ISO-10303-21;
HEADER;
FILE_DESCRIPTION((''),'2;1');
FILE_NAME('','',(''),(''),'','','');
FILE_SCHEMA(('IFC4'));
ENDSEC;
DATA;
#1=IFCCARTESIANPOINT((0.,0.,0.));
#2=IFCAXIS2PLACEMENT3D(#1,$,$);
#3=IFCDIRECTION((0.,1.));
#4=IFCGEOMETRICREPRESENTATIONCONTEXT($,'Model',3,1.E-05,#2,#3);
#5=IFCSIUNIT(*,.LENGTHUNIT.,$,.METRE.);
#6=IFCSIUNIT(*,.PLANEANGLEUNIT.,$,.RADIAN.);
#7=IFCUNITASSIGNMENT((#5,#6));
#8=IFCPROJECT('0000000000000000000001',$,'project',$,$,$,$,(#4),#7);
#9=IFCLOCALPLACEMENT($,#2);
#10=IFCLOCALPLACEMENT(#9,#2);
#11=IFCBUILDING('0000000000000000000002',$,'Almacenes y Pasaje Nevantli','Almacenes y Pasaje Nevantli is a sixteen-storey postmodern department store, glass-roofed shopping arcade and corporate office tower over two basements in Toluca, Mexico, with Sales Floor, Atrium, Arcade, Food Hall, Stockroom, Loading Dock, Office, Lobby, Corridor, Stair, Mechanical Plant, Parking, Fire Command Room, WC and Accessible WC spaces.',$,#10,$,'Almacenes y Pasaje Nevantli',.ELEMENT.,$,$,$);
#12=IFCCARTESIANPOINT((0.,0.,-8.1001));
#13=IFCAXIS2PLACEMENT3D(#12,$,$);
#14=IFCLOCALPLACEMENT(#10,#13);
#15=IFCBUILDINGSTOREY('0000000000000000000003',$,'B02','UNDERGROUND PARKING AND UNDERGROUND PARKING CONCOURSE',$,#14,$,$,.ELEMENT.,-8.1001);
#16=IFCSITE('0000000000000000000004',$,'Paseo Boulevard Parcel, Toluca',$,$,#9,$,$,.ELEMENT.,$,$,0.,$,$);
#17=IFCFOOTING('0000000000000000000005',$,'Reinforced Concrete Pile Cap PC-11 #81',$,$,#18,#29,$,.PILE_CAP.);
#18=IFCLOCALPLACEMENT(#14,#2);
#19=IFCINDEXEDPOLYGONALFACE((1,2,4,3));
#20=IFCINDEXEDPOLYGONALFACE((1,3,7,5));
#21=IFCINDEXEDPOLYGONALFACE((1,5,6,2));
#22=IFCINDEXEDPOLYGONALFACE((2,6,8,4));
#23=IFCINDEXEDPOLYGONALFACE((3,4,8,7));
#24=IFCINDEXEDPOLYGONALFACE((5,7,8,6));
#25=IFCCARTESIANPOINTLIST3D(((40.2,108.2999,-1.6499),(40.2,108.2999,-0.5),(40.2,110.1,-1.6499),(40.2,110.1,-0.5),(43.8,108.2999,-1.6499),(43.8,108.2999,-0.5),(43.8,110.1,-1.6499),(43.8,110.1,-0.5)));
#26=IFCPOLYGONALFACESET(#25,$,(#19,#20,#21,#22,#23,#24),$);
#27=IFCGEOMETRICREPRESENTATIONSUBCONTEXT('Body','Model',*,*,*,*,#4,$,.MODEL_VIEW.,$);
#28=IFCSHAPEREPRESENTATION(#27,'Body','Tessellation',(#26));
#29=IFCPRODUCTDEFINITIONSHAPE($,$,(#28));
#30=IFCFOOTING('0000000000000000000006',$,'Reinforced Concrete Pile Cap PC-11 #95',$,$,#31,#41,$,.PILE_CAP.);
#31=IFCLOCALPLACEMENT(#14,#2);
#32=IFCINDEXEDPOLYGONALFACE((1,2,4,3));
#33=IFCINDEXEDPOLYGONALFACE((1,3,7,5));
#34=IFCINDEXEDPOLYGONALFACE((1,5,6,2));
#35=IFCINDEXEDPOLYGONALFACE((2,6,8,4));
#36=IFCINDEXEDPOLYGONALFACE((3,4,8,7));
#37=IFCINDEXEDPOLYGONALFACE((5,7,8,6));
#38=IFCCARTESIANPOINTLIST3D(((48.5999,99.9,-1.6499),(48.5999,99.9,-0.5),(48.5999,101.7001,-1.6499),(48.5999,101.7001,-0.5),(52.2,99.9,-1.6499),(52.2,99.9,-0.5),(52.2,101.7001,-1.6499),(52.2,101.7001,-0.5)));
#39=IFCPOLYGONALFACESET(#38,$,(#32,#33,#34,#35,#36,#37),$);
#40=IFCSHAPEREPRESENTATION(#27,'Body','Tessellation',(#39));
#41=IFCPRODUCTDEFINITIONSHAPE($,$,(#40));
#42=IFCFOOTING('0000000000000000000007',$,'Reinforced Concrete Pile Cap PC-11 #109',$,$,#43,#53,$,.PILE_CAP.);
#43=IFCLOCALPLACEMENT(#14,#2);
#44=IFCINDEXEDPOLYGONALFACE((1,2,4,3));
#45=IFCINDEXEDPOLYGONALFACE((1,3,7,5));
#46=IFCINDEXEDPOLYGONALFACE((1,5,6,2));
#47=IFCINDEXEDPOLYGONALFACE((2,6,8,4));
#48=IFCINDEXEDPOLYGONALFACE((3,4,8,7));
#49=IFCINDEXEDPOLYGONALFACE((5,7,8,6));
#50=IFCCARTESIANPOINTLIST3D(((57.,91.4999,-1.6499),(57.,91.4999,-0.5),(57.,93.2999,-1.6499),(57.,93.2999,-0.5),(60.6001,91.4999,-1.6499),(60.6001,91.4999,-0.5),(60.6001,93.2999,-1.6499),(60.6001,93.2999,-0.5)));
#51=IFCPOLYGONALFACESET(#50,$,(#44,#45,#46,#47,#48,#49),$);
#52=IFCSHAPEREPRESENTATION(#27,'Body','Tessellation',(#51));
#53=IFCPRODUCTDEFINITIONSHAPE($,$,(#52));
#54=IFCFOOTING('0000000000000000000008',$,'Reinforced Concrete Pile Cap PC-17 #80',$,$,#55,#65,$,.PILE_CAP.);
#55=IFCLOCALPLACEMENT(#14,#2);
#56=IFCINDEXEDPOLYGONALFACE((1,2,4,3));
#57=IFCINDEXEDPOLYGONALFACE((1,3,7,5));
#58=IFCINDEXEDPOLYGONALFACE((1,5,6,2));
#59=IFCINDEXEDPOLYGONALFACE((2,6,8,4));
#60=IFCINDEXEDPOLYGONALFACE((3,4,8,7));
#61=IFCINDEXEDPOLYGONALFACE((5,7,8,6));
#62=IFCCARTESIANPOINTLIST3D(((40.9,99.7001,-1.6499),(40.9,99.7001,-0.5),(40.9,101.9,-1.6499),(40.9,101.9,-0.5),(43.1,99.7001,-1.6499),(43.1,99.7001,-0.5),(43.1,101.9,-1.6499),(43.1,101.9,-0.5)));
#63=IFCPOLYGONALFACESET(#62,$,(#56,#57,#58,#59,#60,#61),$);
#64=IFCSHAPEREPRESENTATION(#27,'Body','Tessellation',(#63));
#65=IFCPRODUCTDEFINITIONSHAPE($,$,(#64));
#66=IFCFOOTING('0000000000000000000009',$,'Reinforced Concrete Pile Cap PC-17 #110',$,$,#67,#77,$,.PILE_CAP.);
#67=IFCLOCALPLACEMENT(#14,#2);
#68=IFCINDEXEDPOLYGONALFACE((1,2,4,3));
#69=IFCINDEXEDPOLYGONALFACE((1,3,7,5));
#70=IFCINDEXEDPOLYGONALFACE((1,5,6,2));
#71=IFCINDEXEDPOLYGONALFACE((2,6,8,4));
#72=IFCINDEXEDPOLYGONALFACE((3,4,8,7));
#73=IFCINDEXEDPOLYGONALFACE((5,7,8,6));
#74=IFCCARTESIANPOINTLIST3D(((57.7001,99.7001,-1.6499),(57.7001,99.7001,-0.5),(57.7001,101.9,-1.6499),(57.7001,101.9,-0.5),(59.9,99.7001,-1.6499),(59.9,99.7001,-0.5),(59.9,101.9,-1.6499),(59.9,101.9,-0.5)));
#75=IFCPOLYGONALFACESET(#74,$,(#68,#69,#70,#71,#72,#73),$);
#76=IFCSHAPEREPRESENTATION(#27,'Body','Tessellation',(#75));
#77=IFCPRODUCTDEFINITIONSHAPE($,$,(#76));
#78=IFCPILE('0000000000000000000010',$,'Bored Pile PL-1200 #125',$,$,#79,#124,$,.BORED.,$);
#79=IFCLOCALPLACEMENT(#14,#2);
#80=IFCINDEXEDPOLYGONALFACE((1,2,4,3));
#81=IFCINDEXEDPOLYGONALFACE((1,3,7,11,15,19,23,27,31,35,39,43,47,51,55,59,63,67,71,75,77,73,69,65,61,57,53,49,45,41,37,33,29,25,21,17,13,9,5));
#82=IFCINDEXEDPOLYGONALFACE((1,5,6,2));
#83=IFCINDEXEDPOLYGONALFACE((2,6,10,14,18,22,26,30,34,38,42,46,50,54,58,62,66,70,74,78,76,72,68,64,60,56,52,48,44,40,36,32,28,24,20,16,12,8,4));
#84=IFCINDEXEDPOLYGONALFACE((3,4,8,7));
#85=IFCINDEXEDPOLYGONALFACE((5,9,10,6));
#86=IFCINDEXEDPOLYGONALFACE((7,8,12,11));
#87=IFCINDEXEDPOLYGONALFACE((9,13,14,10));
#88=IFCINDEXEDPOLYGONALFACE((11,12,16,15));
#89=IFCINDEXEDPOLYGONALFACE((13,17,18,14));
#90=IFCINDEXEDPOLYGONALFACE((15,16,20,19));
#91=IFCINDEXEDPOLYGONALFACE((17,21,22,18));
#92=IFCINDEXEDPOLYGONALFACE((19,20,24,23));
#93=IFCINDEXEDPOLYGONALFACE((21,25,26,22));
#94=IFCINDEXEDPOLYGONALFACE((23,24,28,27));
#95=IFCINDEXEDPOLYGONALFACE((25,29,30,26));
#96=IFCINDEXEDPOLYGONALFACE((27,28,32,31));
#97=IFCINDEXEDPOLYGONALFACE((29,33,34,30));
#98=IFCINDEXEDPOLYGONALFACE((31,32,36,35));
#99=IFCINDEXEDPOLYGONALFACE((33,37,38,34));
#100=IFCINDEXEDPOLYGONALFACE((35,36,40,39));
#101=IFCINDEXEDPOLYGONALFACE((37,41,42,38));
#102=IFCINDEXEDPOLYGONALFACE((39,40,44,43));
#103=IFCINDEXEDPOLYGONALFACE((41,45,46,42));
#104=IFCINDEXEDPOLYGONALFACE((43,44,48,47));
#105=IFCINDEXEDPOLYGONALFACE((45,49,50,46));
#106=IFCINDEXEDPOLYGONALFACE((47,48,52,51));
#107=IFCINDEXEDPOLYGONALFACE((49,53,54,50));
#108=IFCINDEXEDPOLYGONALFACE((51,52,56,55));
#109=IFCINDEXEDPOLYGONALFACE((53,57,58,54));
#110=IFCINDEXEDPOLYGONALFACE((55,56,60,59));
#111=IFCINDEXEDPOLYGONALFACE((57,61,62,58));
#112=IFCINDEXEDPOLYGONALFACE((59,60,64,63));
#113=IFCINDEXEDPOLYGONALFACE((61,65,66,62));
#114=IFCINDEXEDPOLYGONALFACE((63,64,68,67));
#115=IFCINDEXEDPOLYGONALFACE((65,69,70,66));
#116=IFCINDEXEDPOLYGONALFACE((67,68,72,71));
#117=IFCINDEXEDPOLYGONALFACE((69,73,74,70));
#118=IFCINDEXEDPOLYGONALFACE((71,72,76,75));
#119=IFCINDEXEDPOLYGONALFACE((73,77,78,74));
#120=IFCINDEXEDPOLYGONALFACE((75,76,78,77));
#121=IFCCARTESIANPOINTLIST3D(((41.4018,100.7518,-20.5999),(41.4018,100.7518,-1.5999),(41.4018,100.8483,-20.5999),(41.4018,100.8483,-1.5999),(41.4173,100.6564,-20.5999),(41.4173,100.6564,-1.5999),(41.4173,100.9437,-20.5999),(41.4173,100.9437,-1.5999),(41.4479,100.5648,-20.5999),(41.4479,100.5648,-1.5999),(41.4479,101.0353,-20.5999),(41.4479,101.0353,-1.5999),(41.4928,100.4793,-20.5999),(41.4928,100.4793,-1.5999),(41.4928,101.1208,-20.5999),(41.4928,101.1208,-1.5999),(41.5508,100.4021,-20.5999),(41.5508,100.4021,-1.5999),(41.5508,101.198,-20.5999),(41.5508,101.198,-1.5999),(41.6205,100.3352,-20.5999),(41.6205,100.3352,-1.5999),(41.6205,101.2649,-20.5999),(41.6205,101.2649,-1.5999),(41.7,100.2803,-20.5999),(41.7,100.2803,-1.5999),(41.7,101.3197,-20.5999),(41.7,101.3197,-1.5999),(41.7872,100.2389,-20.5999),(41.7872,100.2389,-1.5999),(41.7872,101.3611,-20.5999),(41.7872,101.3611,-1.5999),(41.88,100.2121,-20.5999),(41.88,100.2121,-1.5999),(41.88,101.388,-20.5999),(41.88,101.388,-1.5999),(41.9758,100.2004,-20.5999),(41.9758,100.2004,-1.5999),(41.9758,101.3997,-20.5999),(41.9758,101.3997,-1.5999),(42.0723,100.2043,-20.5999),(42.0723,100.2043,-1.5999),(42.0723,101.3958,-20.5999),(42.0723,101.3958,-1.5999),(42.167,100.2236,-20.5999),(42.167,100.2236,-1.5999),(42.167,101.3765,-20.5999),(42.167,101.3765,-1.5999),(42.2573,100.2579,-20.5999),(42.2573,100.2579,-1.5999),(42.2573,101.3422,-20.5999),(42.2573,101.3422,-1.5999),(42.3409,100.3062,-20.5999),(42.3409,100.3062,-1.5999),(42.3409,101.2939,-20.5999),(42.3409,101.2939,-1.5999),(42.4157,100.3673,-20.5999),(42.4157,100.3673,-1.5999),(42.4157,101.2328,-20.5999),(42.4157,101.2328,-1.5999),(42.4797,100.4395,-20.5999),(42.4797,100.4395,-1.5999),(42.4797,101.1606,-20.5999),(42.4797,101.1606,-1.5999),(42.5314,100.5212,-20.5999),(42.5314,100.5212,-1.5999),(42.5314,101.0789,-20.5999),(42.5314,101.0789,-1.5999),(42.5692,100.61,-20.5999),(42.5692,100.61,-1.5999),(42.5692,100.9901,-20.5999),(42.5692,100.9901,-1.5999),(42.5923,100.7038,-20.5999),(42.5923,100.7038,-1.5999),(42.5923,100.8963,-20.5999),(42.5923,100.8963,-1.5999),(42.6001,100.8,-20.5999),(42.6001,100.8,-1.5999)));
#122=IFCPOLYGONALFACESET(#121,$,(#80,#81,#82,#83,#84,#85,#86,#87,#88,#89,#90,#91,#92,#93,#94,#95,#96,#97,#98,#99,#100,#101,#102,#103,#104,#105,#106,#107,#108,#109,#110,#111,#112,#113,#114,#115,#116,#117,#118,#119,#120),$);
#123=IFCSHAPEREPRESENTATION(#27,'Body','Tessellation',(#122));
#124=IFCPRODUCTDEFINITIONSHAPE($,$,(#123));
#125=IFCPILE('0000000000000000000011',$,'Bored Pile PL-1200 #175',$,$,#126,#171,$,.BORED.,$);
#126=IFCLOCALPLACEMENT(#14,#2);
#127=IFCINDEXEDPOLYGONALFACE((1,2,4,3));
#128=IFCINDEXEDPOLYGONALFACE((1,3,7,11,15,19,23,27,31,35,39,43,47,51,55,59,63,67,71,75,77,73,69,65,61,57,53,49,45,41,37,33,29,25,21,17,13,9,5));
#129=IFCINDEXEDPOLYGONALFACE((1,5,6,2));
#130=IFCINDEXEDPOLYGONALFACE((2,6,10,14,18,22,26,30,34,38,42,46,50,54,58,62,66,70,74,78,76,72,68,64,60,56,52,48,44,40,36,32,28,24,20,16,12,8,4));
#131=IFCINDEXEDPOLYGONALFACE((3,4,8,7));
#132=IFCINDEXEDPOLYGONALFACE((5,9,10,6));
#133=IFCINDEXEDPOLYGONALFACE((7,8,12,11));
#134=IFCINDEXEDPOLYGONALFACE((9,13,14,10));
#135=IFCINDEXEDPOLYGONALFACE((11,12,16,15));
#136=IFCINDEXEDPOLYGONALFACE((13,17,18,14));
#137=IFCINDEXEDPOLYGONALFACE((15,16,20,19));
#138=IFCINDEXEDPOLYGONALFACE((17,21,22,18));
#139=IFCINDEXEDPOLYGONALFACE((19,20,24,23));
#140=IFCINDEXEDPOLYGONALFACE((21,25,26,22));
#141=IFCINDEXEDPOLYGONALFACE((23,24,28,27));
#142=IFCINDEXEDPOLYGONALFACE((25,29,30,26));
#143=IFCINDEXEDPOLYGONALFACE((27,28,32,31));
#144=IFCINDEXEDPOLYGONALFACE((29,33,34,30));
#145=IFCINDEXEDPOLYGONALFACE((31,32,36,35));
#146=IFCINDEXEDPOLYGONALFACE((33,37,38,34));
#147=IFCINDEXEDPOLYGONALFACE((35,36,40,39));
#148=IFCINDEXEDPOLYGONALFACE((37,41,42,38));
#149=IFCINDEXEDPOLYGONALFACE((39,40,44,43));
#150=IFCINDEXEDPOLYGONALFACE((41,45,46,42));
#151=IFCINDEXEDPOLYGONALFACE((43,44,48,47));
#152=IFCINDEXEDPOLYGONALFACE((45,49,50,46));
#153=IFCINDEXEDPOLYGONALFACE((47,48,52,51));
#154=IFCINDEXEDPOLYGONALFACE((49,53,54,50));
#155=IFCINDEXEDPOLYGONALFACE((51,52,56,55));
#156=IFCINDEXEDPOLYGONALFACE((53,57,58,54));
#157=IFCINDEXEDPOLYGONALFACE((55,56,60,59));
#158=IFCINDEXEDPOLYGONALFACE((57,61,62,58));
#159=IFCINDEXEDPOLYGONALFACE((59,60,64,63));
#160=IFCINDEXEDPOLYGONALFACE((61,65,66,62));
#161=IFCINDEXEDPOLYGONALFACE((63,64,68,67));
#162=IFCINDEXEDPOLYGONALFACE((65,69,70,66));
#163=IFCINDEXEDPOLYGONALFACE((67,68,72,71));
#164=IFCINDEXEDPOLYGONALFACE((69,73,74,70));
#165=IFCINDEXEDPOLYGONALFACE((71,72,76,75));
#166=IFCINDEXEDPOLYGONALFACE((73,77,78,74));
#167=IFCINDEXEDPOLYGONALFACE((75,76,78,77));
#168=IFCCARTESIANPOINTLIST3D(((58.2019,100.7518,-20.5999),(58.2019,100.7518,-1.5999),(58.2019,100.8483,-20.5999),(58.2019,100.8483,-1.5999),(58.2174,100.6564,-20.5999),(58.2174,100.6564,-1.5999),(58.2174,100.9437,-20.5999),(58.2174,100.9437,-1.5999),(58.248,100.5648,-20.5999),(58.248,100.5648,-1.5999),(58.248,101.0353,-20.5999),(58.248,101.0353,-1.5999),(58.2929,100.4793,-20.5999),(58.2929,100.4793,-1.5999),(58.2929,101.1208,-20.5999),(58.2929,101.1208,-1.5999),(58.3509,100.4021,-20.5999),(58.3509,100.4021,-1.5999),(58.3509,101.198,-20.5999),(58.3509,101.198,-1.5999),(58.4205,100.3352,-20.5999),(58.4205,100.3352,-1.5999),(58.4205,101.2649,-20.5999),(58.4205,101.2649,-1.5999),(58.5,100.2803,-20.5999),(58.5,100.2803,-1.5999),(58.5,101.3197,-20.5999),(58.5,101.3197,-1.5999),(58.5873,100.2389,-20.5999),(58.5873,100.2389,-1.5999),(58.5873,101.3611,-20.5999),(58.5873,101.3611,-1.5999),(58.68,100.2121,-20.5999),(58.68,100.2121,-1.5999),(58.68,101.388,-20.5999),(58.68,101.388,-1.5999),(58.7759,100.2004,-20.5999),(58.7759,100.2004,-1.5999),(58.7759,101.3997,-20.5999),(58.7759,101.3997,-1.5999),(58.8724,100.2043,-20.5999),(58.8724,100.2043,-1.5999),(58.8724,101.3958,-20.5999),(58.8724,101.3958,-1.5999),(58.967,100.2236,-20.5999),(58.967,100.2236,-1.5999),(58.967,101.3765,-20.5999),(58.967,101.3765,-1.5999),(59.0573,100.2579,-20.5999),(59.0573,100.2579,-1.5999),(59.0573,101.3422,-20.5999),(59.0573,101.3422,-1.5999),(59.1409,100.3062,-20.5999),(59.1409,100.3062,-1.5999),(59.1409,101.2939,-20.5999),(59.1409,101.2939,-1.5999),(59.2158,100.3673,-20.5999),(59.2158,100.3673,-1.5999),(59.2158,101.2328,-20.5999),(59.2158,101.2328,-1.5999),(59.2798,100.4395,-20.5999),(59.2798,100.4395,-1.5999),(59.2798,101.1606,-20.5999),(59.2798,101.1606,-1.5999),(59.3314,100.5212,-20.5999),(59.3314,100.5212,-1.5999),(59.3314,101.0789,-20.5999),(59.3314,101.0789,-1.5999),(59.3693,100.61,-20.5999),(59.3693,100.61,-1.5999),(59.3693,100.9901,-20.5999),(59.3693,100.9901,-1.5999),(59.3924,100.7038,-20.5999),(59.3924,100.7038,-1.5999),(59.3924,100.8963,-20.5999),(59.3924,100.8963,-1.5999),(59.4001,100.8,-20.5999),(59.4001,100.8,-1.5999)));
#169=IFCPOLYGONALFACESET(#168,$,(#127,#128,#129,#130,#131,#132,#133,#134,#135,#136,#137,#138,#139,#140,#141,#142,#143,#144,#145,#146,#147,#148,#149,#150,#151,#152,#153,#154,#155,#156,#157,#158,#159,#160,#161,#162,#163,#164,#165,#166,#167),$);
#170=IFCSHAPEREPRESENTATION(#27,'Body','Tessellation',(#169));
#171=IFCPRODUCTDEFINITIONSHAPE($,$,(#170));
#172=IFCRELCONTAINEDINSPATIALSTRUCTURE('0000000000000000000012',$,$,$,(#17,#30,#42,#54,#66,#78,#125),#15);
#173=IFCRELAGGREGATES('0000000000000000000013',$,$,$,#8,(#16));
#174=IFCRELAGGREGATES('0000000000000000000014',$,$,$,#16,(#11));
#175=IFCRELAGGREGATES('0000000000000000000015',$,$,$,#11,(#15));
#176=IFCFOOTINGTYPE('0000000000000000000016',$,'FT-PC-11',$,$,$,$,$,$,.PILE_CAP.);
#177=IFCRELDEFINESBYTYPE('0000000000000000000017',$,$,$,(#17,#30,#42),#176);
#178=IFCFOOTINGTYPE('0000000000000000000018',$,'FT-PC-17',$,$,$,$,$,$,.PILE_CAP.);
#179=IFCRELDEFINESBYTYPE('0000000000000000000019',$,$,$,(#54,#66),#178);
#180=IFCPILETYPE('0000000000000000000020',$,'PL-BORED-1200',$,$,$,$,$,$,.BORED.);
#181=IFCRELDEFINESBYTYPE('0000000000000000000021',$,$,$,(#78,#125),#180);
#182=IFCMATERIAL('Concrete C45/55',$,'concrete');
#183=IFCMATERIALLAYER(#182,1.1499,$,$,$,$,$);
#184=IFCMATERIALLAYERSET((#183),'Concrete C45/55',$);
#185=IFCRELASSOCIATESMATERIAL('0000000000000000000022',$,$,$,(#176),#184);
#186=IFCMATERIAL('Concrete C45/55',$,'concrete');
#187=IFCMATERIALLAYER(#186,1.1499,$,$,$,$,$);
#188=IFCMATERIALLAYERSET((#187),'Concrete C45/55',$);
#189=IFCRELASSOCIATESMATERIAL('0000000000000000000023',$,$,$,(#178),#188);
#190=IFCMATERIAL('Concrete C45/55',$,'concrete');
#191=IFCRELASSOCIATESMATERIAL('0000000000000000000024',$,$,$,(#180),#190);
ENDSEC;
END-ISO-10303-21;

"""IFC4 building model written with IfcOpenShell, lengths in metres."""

from ifc_helpers import new_model, si_unit, direction, frame, origin, origin_2d, place, context, subcontext, project, spatial, rectangle, circle, extrude, material, layer, layer_set, material_profile, profile_set, type_object, element, save


model = new_model("IFC4")

# Units and contexts
model_context = context("Model", 3, precision=1e-05, world=origin(), true_north=direction((0.0, 1.0)))
body_context = subcontext(model_context, "Body", "Model", "MODEL_VIEW")
ifc_project = project(units=[si_unit("LENGTHUNIT", "METRE"), si_unit("PLANEANGLEUNIT", "RADIAN")], contexts=[model_context])

# Site, building, storey
site_placement = place(None, origin())
site = spatial("IfcSite", under=ifc_project, at=site_placement, Name="Paseo Boulevard Parcel, Toluca", CompositionType="ELEMENT", RefElevation=0.0)
building_placement = place(site_placement, origin())
building = spatial("IfcBuilding", under=site, at=building_placement, Name="Almacenes y Pasaje Nevantli", Description="Almacenes y Pasaje Nevantli is a sixteen-storey postmodern department store, glass-roofed shopping arcade and corporate office tower over two basements in Toluca, Mexico, with Sales Floor, Atrium, Arcade, Food Hall, Stockroom, Loading Dock, Office, Lobby, Corridor, Stair, Mechanical Plant, Parking, Fire Command Room, WC and Accessible WC spaces.", LongName="Almacenes y Pasaje Nevantli", CompositionType="ELEMENT")
storey_placement = place(building_placement, frame((0.0, 0.0, -8.1001)))
storey = spatial("IfcBuildingStorey", under=building, at=storey_placement, Name="B02", Description="UNDERGROUND PARKING AND UNDERGROUND PARKING CONCOURSE", CompositionType="ELEMENT", Elevation=-8.1001)

# Footings
ifc_material_1 = material(Name="Concrete C45/55", Category="concrete")
ifc_layer_1 = layer(ifc_material_1, 1.1499)
ifc_layer_set_1 = layer_set([ifc_layer_1], Name="Concrete C45/55")
footing_type_1 = type_object("IfcFootingType", Name="FT-PC-11", PredefinedType="PILE_CAP", material=ifc_layer_set_1)
for number, where, z_axis, x_axis, name in (
    (1, (42.0, 109.2, -1.6499), (0.0, 0.0, 1.0), (1.0, 0.0, 0.0), "Reinforced Concrete Pile Cap PC-11 #81"),
    (2, (50.3999, 100.8, -1.6499), (0.0, 0.0, 1.0), (1.0, 0.0, 0.0), "Reinforced Concrete Pile Cap PC-11 #95"),
    (3, (58.8, 92.3999, -1.6499), (0.0, 0.0, 1.0), (1.0, 0.0, 0.0), "Reinforced Concrete Pile Cap PC-11 #109"),
):
    element("IfcFooting", number, at=place(storey_placement, frame(where, z_axis=z_axis, x_axis=x_axis)), inside=storey, type_object=footing_type_1, Name=name, PredefinedType="PILE_CAP", context=body_context, shape_type="SweptSolid", body=[
        extrude(rectangle(XDim=3.6001, YDim=1.8, at=origin_2d()), origin(), (0.0, 0.0, 1.0), 1.1499),
    ])
ifc_material_2 = material(Name="Concrete C45/55", Category="concrete")
ifc_layer_2 = layer(ifc_material_2, 1.1499)
ifc_layer_set_2 = layer_set([ifc_layer_2], Name="Concrete C45/55")
footing_type_2 = type_object("IfcFootingType", Name="FT-PC-17", PredefinedType="PILE_CAP", material=ifc_layer_set_2)
for number, where, z_axis, x_axis, name in (
    (4, (42.0, 100.8, -1.6499), (0.0, 0.0, 1.0), (1.0, 0.0, 0.0), "Reinforced Concrete Pile Cap PC-17 #80"),
    (5, (58.8, 100.8, -1.6499), (0.0, 0.0, 1.0), (1.0, 0.0, 0.0), "Reinforced Concrete Pile Cap PC-17 #110"),
):
    element("IfcFooting", number, at=place(storey_placement, frame(where, z_axis=z_axis, x_axis=x_axis)), inside=storey, type_object=footing_type_2, Name=name, PredefinedType="PILE_CAP", context=body_context, shape_type="SweptSolid", body=[
        extrude(rectangle(XDim=2.2, YDim=2.2, at=origin_2d()), origin(), (0.0, 0.0, 1.0), 1.1499),
    ])

# Piles
ifc_material_3 = material(Name="Concrete C45/55", Category="concrete")
ifc_material_profile_1 = material_profile(ifc_material_3, circle(Radius=0.6001, at=origin_2d()), Name="RC-PILE-D1200")
ifc_profile_set_1 = profile_set([ifc_material_profile_1], Name="Concrete C45/55")
pile_type_1 = type_object("IfcPileType", Name="PL-BORED-1200", PredefinedType="BORED", material=ifc_profile_set_1)
for number, where, z_axis, x_axis, name in (
    (6, (42.0, 100.8, -1.5999), (0.0, 0.0, -1.0), (1.0, 0.0, 0.0), "Bored Pile PL-1200 #125"),
    (7, (58.8, 100.8, -1.5999), (0.0, 0.0, -1.0), (1.0, 0.0, 0.0), "Bored Pile PL-1200 #175"),
):
    element("IfcPile", number, at=place(storey_placement, frame(where, z_axis=z_axis, x_axis=x_axis)), inside=storey, type_object=pile_type_1, Name=name, PredefinedType="BORED", context=body_context, shape_type="SweptSolid", body=[
        extrude(circle(Radius=0.6001, at=origin_2d()), origin(), (0.0, 0.0, 1.0), 19.0),
    ])

save(model, "model.ifc")
